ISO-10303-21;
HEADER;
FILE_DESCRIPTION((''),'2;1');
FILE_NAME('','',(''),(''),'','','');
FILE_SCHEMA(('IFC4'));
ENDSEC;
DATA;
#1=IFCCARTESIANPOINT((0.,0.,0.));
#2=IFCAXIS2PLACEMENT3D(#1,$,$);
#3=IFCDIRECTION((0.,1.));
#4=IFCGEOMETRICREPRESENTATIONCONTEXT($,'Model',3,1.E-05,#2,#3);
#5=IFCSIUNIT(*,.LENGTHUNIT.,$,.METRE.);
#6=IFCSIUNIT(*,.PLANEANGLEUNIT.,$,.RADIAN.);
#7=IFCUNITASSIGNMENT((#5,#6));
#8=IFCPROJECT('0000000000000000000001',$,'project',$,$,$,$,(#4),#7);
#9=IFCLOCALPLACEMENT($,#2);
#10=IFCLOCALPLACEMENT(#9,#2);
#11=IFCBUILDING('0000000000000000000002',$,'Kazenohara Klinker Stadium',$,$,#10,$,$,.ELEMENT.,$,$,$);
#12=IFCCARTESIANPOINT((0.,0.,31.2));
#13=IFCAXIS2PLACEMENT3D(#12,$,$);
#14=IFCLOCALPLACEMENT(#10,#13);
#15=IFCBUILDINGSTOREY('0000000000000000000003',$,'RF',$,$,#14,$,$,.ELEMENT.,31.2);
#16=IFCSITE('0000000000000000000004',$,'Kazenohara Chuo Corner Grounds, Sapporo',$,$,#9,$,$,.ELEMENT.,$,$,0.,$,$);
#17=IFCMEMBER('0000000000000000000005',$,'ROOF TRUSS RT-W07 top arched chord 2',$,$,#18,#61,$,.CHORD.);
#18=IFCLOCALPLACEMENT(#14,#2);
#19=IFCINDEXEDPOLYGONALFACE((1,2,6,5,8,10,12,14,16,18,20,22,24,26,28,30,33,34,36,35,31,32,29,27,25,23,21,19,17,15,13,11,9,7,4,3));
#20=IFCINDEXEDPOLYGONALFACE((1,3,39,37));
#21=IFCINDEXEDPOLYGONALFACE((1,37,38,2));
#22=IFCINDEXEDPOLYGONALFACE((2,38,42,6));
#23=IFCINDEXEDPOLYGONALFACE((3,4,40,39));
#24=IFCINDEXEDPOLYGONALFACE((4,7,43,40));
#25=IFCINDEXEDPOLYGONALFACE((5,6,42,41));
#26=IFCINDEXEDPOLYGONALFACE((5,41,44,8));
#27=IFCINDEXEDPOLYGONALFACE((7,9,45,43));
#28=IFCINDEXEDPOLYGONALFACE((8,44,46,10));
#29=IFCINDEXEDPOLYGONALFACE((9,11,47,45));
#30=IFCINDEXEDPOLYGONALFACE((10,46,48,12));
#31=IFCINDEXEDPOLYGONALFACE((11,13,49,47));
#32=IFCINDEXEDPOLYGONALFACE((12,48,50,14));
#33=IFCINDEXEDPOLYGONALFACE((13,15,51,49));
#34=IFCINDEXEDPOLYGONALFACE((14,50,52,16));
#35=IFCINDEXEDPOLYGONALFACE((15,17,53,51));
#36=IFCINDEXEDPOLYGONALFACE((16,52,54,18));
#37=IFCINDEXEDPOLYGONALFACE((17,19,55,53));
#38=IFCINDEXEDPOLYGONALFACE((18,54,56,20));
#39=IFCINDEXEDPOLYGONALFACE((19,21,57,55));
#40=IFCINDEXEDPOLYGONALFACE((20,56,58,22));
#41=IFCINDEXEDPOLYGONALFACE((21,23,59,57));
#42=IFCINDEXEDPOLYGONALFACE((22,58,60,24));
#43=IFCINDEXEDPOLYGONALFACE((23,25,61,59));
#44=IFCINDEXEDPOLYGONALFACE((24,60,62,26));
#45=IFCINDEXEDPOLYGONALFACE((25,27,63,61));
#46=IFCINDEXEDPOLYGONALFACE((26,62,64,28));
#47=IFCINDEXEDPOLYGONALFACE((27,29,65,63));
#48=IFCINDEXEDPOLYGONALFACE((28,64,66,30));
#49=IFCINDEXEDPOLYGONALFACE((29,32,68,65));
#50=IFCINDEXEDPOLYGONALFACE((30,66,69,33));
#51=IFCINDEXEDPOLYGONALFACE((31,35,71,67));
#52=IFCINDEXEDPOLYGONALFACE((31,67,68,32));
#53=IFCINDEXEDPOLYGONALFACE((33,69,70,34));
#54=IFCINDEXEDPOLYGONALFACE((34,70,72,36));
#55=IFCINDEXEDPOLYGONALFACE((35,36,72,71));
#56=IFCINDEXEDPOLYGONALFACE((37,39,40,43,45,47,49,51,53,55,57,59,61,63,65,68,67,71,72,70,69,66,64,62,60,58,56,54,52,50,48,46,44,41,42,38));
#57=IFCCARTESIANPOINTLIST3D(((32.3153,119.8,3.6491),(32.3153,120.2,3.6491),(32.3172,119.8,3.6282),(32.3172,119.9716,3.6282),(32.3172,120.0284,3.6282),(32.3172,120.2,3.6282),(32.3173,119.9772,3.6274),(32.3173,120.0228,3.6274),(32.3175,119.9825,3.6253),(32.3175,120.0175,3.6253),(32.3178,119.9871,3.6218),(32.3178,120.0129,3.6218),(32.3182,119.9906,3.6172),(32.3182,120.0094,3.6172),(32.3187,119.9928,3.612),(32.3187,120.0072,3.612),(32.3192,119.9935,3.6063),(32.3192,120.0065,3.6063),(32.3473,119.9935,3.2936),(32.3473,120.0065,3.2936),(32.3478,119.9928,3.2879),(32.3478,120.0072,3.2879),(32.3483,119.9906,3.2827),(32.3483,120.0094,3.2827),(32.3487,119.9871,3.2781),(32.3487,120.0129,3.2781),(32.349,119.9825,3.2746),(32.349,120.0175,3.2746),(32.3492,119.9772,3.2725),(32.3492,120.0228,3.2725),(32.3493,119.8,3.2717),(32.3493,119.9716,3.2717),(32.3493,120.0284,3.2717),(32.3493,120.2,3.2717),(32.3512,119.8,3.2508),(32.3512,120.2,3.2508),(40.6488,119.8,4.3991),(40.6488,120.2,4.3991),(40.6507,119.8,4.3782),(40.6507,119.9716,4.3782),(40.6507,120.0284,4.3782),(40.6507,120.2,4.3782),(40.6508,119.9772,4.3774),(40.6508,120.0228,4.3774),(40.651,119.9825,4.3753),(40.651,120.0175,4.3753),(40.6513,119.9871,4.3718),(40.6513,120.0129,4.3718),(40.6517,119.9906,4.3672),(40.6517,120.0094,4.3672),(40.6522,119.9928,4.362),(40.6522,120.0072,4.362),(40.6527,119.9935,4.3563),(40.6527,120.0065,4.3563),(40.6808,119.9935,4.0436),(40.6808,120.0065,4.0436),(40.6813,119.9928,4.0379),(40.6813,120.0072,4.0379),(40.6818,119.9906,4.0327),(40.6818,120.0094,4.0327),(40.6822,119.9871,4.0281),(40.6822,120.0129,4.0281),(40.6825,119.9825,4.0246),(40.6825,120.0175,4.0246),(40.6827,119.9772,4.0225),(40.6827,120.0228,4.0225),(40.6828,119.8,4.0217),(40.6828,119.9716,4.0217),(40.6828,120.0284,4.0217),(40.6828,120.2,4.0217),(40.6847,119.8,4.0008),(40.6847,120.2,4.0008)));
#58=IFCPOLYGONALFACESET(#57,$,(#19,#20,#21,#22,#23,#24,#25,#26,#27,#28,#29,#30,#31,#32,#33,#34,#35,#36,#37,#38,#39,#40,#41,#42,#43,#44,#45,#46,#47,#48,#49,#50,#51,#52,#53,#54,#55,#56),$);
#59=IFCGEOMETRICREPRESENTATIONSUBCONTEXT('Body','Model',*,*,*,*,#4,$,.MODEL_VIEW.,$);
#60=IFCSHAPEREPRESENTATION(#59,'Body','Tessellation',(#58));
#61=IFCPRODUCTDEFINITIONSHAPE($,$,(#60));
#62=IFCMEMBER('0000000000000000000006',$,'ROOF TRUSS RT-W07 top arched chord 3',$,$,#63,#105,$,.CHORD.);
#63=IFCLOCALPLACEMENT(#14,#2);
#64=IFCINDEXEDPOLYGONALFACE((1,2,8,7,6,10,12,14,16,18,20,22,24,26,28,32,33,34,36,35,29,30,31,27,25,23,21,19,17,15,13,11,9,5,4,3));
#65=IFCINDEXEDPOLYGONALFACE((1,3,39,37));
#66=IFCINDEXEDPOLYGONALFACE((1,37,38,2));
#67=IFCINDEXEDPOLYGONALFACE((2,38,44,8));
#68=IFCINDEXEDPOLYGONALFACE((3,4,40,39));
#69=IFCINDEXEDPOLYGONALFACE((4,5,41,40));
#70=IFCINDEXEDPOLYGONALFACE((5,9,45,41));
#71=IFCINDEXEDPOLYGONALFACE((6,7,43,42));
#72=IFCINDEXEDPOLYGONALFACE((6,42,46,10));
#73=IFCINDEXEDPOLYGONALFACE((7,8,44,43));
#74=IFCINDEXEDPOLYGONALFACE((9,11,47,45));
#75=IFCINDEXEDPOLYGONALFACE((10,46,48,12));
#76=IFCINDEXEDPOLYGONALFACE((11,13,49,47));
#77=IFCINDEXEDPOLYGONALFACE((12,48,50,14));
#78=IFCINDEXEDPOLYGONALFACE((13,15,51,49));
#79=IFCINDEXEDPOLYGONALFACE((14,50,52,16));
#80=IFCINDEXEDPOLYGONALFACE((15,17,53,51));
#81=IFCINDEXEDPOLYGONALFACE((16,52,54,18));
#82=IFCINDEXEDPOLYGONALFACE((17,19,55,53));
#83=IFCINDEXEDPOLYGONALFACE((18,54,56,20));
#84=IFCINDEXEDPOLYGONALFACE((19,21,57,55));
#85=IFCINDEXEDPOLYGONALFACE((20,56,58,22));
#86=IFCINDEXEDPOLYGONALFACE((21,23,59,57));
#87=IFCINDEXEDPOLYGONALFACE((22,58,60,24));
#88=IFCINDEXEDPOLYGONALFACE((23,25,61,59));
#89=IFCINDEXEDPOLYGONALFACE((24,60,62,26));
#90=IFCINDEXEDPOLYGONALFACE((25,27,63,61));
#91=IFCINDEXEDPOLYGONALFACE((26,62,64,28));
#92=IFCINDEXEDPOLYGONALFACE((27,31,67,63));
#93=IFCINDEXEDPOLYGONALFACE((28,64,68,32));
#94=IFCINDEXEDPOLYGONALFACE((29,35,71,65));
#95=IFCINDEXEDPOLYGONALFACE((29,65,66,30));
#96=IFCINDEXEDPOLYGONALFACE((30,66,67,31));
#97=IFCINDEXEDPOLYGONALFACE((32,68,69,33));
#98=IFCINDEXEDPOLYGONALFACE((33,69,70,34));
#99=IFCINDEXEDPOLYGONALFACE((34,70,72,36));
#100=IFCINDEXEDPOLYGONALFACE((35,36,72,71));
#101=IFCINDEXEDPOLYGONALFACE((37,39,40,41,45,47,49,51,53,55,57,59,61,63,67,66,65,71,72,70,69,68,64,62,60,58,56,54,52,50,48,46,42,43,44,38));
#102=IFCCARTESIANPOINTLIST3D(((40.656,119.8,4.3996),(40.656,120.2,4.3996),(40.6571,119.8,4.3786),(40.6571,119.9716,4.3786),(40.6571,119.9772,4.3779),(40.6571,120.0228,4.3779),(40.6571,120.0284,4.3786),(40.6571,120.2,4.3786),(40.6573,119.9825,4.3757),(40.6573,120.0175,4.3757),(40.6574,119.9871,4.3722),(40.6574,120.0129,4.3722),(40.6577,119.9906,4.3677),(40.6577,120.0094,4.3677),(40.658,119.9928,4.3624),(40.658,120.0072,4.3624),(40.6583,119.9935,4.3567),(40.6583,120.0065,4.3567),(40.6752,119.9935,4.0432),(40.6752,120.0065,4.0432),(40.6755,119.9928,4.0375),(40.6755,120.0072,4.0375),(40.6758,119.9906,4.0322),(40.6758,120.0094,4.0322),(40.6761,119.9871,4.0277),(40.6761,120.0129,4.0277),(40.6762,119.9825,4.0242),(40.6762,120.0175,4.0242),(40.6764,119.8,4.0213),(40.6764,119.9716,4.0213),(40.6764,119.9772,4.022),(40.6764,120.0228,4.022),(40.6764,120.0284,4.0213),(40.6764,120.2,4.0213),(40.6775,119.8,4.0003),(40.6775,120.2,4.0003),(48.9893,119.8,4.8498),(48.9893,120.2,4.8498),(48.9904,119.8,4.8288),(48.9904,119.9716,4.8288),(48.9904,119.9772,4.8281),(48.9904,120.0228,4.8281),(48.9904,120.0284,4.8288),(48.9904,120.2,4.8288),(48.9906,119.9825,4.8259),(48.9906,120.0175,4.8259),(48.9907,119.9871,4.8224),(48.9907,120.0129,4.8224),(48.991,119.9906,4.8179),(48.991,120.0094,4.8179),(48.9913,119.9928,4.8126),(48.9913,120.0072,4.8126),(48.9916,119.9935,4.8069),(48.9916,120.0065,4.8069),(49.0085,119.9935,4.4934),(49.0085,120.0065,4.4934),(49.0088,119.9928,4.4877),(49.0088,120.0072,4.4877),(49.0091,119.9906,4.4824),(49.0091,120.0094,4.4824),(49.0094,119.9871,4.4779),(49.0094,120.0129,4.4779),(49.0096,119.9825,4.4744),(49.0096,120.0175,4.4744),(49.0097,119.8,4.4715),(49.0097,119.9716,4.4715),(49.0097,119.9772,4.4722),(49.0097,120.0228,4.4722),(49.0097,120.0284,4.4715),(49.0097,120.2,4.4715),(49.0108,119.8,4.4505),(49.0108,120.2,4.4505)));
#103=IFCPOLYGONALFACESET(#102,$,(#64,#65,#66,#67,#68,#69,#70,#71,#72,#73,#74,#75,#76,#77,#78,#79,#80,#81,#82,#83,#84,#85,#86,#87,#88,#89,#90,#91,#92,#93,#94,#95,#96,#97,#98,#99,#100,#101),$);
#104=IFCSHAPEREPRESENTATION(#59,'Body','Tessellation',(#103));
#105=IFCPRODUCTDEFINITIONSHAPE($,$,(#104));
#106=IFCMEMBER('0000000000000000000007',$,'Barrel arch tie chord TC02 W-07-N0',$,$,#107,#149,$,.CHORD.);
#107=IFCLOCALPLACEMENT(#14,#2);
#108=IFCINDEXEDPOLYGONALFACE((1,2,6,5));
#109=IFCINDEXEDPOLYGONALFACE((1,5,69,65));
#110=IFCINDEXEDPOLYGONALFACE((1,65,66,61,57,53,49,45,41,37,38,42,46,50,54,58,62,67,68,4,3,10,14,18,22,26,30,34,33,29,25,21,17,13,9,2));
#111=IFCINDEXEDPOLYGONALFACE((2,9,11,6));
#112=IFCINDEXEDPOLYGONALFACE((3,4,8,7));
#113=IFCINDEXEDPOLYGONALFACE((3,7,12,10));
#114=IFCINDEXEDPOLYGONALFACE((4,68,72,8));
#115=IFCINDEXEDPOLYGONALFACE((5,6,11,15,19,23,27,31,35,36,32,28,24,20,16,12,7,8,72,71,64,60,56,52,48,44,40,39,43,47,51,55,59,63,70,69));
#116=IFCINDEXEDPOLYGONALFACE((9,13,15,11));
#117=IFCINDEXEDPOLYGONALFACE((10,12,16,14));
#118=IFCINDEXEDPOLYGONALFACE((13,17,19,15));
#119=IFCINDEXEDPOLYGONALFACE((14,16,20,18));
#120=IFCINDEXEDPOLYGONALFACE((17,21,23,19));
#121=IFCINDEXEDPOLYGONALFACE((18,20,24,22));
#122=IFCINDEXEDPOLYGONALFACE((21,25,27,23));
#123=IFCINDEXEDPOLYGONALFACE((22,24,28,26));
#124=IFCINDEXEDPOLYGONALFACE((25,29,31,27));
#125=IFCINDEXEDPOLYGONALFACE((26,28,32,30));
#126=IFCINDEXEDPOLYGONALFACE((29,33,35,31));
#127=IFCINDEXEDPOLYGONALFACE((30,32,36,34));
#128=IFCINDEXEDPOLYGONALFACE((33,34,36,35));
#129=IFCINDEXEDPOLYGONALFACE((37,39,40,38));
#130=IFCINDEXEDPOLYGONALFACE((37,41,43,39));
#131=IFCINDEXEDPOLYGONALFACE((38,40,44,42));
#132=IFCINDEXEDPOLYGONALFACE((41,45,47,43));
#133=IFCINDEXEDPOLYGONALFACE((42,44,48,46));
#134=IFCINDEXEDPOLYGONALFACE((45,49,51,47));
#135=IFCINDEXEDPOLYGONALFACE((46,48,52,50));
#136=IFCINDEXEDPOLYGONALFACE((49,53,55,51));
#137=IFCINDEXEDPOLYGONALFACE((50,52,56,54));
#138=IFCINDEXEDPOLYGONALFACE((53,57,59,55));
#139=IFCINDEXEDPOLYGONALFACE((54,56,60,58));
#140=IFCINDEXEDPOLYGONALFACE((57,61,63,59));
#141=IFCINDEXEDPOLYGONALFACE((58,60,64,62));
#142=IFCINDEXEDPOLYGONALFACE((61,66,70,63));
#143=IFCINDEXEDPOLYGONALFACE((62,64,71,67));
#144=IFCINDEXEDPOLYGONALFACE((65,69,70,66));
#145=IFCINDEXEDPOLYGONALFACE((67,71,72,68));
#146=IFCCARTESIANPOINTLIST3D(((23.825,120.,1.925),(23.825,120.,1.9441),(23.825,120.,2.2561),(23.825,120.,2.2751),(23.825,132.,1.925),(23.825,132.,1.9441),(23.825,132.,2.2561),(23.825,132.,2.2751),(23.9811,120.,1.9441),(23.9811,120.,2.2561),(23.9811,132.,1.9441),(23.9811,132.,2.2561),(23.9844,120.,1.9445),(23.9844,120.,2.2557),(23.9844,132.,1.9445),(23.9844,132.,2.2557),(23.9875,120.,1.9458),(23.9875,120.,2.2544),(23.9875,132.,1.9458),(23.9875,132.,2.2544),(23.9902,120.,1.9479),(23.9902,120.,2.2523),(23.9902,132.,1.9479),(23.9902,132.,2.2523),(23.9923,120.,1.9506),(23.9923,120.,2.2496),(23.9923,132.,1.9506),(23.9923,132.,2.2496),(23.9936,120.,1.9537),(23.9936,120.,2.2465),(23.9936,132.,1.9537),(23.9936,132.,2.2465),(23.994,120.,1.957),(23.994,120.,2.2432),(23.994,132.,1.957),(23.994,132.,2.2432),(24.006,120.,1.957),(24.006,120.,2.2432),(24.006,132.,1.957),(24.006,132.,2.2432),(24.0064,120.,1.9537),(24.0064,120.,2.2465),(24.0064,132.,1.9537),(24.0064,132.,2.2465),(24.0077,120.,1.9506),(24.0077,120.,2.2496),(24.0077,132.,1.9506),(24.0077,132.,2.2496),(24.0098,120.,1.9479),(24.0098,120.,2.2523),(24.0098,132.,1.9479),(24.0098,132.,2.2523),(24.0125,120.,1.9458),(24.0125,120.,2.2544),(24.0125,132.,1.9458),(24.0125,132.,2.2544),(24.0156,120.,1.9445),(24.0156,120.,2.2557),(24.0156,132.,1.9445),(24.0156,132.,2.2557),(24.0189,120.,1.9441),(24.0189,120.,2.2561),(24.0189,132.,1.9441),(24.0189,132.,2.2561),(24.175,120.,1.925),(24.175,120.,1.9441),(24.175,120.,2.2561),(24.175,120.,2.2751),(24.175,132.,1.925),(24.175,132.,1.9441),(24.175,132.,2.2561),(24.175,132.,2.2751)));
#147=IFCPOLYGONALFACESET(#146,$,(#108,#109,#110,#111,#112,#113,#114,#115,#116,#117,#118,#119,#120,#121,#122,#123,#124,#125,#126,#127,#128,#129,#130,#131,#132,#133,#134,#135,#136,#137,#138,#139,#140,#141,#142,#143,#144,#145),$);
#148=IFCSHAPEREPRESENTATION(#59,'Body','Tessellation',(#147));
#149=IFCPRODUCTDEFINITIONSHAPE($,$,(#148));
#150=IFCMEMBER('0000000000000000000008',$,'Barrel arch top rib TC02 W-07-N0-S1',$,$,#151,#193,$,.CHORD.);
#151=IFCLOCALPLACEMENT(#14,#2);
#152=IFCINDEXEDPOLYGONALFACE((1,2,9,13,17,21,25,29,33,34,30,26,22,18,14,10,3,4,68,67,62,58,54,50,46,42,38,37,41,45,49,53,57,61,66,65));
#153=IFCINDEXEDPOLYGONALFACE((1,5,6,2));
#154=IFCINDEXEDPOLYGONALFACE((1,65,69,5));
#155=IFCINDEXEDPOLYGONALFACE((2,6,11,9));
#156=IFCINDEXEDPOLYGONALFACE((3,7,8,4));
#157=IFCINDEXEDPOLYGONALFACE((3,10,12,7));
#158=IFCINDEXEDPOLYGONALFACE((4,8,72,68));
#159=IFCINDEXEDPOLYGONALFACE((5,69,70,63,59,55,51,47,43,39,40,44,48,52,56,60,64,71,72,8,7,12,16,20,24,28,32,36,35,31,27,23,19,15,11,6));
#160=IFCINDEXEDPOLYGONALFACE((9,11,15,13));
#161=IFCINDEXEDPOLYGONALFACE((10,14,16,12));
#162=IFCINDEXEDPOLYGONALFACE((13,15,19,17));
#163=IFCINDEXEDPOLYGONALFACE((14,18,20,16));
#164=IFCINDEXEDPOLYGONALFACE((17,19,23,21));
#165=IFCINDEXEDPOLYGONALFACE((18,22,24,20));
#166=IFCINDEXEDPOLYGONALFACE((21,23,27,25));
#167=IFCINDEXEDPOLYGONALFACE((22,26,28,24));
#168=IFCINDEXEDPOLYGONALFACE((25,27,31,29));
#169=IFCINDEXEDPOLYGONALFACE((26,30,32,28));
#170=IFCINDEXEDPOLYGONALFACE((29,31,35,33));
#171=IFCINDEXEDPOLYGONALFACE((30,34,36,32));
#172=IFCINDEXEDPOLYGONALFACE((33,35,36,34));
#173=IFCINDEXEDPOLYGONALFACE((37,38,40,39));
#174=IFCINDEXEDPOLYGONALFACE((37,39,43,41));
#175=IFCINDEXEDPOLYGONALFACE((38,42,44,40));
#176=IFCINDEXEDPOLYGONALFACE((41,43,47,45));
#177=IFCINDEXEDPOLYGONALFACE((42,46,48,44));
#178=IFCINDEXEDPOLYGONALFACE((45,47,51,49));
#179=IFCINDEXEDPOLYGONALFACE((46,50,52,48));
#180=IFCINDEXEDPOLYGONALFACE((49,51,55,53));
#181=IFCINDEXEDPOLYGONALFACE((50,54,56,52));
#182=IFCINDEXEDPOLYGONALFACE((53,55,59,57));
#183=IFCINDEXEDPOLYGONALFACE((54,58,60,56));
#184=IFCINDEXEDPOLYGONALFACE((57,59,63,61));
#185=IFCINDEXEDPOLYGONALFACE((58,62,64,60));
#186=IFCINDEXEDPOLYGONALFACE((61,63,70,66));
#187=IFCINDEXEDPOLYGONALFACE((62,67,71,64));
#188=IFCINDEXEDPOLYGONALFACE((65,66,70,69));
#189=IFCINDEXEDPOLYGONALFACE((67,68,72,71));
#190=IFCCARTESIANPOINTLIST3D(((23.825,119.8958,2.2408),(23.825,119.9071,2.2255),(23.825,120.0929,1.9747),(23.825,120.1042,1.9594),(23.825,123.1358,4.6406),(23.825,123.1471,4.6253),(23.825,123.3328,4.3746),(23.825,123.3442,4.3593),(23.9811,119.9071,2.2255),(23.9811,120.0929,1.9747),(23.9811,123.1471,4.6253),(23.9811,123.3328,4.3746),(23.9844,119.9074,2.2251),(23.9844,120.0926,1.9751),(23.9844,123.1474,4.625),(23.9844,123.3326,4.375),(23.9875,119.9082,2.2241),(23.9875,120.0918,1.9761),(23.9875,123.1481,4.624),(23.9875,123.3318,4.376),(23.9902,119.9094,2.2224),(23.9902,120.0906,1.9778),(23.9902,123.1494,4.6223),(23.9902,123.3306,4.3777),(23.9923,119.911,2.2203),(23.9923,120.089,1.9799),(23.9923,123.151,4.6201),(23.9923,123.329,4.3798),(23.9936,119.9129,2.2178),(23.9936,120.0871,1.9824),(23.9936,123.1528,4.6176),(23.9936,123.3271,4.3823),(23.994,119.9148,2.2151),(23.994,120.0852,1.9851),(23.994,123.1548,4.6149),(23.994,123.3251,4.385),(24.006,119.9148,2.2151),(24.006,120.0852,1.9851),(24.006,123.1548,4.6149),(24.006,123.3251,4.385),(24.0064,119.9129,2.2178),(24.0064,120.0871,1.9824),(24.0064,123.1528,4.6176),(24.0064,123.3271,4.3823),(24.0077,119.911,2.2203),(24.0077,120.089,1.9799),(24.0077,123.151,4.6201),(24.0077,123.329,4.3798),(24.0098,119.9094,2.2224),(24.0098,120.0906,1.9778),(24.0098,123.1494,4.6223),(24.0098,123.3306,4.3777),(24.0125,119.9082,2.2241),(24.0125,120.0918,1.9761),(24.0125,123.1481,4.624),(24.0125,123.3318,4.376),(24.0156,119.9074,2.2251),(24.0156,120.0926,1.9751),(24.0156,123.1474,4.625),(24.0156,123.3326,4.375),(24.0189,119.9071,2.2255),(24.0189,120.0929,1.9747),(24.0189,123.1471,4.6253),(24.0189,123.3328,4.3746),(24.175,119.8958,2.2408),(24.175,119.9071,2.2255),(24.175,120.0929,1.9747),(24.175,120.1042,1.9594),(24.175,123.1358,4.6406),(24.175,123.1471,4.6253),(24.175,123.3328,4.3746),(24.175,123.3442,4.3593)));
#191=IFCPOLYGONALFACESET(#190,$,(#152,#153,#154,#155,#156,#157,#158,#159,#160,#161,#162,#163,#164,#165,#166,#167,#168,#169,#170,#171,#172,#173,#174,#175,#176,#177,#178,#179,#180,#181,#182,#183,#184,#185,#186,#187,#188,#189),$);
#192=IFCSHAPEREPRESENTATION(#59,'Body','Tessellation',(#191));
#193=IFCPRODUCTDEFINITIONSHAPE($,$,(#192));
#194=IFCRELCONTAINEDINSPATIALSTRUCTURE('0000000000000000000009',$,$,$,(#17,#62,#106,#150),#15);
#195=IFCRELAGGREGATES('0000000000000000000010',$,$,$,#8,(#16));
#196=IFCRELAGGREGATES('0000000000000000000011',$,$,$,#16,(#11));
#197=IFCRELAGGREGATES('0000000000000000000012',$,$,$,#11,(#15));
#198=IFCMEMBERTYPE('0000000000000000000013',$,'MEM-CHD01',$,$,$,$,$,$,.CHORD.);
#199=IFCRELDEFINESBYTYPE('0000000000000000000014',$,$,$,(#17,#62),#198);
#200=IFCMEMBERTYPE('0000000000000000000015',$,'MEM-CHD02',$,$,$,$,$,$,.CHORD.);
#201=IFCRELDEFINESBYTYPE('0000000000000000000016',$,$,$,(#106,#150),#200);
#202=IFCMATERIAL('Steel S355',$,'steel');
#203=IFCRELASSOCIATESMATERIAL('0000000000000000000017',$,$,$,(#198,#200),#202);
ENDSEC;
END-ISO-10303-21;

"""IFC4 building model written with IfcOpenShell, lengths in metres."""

from ifc_helpers import new_model, si_unit, direction, frame, origin, origin_2d, place, context, subcontext, project, spatial, i_section, extrude, material, material_profile, profile_set, type_object, element, save


model = new_model("IFC4")

# Units and contexts
model_context = context("Model", 3, precision=1e-05, world=origin(), true_north=direction((0.0, 1.0)))
body_context = subcontext(model_context, "Body", "Model", "MODEL_VIEW")
ifc_project = project(units=[si_unit("LENGTHUNIT", "METRE"), si_unit("PLANEANGLEUNIT", "RADIAN")], contexts=[model_context])

# Site, building, storey
site_placement = place(None, origin())
site = spatial("IfcSite", under=ifc_project, at=site_placement, Name="Kazenohara Chuo Corner Grounds, Sapporo", CompositionType="ELEMENT", RefElevation=0.0)
building_placement = place(site_placement, origin())
building = spatial("IfcBuilding", under=site, at=building_placement, Name="Kazenohara Klinker Stadium", CompositionType="ELEMENT")
storey_placement = place(building_placement, frame((0.0, 0.0, 31.2)))
storey = spatial("IfcBuildingStorey", under=building, at=storey_placement, Name="RF", CompositionType="ELEMENT", Elevation=31.2)

# Members
ifc_material = material(Name="Steel S355", Category="steel")
ifc_material_profile_1 = material_profile(ifc_material, i_section(OverallWidth=0.3999, OverallDepth=0.3999, WebThickness=0.0129, FlangeThickness=0.021, FilletRadius=0.022, at=origin_2d()), Name="H-400x400x13x21")
ifc_profile_set_1 = profile_set([ifc_material_profile_1], Name="Steel S355")
member_type_1 = type_object("IfcMemberType", Name="MEM-CHD01", PredefinedType="CHORD", material=ifc_profile_set_1)
member_1_placement = place(storey_placement, frame((32.3333, 120.0, 3.45), z_axis=(0.995975, 0.0, 0.089636), x_axis=(0.0, 1.0, 0.0)))
element("IfcMember", 1, at=member_1_placement, inside=storey, type_object=member_type_1, Name="ROOF TRUSS RT-W07 top arched chord 2", PredefinedType="CHORD", context=body_context, shape_type="SweptSolid", body=[
    extrude(i_section(OverallWidth=0.3999, OverallDepth=0.3999, WebThickness=0.0129, FlangeThickness=0.021, FilletRadius=0.022, at=origin_2d()), origin(), (0.0, 0.0, 1.0), 8.3672),
])
member_2_placement = place(storey_placement, frame((40.6667, 120.0, 4.2), z_axis=(0.998544, 0.0, 0.053945), x_axis=(0.0, 1.0, 0.0)))
element("IfcMember", 2, at=member_2_placement, inside=storey, type_object=member_type_1, Name="ROOF TRUSS RT-W07 top arched chord 3", PredefinedType="CHORD", context=body_context, shape_type="SweptSolid", body=[
    extrude(i_section(OverallWidth=0.3999, OverallDepth=0.3999, WebThickness=0.0129, FlangeThickness=0.021, FilletRadius=0.022, at=origin_2d()), origin(), (0.0, 0.0, 1.0), 8.3455),
])
ifc_material_profile_2 = material_profile(ifc_material, i_section(OverallWidth=0.3501, OverallDepth=0.3501, WebThickness=0.012, FlangeThickness=0.019, FilletRadius=0.0129, at=origin_2d()), Name="H-350x350x12x19")
ifc_profile_set_2 = profile_set([ifc_material_profile_2], Name="Steel S355")
member_type_2 = type_object("IfcMemberType", Name="MEM-CHD02", PredefinedType="CHORD", material=ifc_profile_set_2)
member_3_placement = place(storey_placement, frame((24.0, 120.0, 2.1001), z_axis=(0.0, 1.0, 0.0), x_axis=(-1.0, 0.0, 0.0)))
element("IfcMember", 3, at=member_3_placement, inside=storey, type_object=member_type_2, Name="Barrel arch tie chord TC02 W-07-N0", PredefinedType="CHORD", context=body_context, shape_type="SweptSolid", body=[
    extrude(i_section(OverallWidth=0.3501, OverallDepth=0.3501, WebThickness=0.012, FlangeThickness=0.019, FilletRadius=0.0129, at=origin_2d()), origin(), (0.0, 0.0, 1.0), 12.0),
])
member_4_placement = place(storey_placement, frame((24.0, 120.0, 2.1001), z_axis=(0.0, 0.803568, 0.595213), x_axis=(-1.0, 0.0, 0.0)))
element("IfcMember", 4, at=member_4_placement, inside=storey, type_object=member_type_2, Name="Barrel arch top rib TC02 W-07-N0-S1", PredefinedType="CHORD", context=body_context, shape_type="SweptSolid", body=[
    extrude(i_section(OverallWidth=0.3501, OverallDepth=0.3501, WebThickness=0.012, FlangeThickness=0.019, FilletRadius=0.0129, at=origin_2d()), origin(), (0.0, 0.0, 1.0), 4.032),
])

save(model, "model.ifc")
